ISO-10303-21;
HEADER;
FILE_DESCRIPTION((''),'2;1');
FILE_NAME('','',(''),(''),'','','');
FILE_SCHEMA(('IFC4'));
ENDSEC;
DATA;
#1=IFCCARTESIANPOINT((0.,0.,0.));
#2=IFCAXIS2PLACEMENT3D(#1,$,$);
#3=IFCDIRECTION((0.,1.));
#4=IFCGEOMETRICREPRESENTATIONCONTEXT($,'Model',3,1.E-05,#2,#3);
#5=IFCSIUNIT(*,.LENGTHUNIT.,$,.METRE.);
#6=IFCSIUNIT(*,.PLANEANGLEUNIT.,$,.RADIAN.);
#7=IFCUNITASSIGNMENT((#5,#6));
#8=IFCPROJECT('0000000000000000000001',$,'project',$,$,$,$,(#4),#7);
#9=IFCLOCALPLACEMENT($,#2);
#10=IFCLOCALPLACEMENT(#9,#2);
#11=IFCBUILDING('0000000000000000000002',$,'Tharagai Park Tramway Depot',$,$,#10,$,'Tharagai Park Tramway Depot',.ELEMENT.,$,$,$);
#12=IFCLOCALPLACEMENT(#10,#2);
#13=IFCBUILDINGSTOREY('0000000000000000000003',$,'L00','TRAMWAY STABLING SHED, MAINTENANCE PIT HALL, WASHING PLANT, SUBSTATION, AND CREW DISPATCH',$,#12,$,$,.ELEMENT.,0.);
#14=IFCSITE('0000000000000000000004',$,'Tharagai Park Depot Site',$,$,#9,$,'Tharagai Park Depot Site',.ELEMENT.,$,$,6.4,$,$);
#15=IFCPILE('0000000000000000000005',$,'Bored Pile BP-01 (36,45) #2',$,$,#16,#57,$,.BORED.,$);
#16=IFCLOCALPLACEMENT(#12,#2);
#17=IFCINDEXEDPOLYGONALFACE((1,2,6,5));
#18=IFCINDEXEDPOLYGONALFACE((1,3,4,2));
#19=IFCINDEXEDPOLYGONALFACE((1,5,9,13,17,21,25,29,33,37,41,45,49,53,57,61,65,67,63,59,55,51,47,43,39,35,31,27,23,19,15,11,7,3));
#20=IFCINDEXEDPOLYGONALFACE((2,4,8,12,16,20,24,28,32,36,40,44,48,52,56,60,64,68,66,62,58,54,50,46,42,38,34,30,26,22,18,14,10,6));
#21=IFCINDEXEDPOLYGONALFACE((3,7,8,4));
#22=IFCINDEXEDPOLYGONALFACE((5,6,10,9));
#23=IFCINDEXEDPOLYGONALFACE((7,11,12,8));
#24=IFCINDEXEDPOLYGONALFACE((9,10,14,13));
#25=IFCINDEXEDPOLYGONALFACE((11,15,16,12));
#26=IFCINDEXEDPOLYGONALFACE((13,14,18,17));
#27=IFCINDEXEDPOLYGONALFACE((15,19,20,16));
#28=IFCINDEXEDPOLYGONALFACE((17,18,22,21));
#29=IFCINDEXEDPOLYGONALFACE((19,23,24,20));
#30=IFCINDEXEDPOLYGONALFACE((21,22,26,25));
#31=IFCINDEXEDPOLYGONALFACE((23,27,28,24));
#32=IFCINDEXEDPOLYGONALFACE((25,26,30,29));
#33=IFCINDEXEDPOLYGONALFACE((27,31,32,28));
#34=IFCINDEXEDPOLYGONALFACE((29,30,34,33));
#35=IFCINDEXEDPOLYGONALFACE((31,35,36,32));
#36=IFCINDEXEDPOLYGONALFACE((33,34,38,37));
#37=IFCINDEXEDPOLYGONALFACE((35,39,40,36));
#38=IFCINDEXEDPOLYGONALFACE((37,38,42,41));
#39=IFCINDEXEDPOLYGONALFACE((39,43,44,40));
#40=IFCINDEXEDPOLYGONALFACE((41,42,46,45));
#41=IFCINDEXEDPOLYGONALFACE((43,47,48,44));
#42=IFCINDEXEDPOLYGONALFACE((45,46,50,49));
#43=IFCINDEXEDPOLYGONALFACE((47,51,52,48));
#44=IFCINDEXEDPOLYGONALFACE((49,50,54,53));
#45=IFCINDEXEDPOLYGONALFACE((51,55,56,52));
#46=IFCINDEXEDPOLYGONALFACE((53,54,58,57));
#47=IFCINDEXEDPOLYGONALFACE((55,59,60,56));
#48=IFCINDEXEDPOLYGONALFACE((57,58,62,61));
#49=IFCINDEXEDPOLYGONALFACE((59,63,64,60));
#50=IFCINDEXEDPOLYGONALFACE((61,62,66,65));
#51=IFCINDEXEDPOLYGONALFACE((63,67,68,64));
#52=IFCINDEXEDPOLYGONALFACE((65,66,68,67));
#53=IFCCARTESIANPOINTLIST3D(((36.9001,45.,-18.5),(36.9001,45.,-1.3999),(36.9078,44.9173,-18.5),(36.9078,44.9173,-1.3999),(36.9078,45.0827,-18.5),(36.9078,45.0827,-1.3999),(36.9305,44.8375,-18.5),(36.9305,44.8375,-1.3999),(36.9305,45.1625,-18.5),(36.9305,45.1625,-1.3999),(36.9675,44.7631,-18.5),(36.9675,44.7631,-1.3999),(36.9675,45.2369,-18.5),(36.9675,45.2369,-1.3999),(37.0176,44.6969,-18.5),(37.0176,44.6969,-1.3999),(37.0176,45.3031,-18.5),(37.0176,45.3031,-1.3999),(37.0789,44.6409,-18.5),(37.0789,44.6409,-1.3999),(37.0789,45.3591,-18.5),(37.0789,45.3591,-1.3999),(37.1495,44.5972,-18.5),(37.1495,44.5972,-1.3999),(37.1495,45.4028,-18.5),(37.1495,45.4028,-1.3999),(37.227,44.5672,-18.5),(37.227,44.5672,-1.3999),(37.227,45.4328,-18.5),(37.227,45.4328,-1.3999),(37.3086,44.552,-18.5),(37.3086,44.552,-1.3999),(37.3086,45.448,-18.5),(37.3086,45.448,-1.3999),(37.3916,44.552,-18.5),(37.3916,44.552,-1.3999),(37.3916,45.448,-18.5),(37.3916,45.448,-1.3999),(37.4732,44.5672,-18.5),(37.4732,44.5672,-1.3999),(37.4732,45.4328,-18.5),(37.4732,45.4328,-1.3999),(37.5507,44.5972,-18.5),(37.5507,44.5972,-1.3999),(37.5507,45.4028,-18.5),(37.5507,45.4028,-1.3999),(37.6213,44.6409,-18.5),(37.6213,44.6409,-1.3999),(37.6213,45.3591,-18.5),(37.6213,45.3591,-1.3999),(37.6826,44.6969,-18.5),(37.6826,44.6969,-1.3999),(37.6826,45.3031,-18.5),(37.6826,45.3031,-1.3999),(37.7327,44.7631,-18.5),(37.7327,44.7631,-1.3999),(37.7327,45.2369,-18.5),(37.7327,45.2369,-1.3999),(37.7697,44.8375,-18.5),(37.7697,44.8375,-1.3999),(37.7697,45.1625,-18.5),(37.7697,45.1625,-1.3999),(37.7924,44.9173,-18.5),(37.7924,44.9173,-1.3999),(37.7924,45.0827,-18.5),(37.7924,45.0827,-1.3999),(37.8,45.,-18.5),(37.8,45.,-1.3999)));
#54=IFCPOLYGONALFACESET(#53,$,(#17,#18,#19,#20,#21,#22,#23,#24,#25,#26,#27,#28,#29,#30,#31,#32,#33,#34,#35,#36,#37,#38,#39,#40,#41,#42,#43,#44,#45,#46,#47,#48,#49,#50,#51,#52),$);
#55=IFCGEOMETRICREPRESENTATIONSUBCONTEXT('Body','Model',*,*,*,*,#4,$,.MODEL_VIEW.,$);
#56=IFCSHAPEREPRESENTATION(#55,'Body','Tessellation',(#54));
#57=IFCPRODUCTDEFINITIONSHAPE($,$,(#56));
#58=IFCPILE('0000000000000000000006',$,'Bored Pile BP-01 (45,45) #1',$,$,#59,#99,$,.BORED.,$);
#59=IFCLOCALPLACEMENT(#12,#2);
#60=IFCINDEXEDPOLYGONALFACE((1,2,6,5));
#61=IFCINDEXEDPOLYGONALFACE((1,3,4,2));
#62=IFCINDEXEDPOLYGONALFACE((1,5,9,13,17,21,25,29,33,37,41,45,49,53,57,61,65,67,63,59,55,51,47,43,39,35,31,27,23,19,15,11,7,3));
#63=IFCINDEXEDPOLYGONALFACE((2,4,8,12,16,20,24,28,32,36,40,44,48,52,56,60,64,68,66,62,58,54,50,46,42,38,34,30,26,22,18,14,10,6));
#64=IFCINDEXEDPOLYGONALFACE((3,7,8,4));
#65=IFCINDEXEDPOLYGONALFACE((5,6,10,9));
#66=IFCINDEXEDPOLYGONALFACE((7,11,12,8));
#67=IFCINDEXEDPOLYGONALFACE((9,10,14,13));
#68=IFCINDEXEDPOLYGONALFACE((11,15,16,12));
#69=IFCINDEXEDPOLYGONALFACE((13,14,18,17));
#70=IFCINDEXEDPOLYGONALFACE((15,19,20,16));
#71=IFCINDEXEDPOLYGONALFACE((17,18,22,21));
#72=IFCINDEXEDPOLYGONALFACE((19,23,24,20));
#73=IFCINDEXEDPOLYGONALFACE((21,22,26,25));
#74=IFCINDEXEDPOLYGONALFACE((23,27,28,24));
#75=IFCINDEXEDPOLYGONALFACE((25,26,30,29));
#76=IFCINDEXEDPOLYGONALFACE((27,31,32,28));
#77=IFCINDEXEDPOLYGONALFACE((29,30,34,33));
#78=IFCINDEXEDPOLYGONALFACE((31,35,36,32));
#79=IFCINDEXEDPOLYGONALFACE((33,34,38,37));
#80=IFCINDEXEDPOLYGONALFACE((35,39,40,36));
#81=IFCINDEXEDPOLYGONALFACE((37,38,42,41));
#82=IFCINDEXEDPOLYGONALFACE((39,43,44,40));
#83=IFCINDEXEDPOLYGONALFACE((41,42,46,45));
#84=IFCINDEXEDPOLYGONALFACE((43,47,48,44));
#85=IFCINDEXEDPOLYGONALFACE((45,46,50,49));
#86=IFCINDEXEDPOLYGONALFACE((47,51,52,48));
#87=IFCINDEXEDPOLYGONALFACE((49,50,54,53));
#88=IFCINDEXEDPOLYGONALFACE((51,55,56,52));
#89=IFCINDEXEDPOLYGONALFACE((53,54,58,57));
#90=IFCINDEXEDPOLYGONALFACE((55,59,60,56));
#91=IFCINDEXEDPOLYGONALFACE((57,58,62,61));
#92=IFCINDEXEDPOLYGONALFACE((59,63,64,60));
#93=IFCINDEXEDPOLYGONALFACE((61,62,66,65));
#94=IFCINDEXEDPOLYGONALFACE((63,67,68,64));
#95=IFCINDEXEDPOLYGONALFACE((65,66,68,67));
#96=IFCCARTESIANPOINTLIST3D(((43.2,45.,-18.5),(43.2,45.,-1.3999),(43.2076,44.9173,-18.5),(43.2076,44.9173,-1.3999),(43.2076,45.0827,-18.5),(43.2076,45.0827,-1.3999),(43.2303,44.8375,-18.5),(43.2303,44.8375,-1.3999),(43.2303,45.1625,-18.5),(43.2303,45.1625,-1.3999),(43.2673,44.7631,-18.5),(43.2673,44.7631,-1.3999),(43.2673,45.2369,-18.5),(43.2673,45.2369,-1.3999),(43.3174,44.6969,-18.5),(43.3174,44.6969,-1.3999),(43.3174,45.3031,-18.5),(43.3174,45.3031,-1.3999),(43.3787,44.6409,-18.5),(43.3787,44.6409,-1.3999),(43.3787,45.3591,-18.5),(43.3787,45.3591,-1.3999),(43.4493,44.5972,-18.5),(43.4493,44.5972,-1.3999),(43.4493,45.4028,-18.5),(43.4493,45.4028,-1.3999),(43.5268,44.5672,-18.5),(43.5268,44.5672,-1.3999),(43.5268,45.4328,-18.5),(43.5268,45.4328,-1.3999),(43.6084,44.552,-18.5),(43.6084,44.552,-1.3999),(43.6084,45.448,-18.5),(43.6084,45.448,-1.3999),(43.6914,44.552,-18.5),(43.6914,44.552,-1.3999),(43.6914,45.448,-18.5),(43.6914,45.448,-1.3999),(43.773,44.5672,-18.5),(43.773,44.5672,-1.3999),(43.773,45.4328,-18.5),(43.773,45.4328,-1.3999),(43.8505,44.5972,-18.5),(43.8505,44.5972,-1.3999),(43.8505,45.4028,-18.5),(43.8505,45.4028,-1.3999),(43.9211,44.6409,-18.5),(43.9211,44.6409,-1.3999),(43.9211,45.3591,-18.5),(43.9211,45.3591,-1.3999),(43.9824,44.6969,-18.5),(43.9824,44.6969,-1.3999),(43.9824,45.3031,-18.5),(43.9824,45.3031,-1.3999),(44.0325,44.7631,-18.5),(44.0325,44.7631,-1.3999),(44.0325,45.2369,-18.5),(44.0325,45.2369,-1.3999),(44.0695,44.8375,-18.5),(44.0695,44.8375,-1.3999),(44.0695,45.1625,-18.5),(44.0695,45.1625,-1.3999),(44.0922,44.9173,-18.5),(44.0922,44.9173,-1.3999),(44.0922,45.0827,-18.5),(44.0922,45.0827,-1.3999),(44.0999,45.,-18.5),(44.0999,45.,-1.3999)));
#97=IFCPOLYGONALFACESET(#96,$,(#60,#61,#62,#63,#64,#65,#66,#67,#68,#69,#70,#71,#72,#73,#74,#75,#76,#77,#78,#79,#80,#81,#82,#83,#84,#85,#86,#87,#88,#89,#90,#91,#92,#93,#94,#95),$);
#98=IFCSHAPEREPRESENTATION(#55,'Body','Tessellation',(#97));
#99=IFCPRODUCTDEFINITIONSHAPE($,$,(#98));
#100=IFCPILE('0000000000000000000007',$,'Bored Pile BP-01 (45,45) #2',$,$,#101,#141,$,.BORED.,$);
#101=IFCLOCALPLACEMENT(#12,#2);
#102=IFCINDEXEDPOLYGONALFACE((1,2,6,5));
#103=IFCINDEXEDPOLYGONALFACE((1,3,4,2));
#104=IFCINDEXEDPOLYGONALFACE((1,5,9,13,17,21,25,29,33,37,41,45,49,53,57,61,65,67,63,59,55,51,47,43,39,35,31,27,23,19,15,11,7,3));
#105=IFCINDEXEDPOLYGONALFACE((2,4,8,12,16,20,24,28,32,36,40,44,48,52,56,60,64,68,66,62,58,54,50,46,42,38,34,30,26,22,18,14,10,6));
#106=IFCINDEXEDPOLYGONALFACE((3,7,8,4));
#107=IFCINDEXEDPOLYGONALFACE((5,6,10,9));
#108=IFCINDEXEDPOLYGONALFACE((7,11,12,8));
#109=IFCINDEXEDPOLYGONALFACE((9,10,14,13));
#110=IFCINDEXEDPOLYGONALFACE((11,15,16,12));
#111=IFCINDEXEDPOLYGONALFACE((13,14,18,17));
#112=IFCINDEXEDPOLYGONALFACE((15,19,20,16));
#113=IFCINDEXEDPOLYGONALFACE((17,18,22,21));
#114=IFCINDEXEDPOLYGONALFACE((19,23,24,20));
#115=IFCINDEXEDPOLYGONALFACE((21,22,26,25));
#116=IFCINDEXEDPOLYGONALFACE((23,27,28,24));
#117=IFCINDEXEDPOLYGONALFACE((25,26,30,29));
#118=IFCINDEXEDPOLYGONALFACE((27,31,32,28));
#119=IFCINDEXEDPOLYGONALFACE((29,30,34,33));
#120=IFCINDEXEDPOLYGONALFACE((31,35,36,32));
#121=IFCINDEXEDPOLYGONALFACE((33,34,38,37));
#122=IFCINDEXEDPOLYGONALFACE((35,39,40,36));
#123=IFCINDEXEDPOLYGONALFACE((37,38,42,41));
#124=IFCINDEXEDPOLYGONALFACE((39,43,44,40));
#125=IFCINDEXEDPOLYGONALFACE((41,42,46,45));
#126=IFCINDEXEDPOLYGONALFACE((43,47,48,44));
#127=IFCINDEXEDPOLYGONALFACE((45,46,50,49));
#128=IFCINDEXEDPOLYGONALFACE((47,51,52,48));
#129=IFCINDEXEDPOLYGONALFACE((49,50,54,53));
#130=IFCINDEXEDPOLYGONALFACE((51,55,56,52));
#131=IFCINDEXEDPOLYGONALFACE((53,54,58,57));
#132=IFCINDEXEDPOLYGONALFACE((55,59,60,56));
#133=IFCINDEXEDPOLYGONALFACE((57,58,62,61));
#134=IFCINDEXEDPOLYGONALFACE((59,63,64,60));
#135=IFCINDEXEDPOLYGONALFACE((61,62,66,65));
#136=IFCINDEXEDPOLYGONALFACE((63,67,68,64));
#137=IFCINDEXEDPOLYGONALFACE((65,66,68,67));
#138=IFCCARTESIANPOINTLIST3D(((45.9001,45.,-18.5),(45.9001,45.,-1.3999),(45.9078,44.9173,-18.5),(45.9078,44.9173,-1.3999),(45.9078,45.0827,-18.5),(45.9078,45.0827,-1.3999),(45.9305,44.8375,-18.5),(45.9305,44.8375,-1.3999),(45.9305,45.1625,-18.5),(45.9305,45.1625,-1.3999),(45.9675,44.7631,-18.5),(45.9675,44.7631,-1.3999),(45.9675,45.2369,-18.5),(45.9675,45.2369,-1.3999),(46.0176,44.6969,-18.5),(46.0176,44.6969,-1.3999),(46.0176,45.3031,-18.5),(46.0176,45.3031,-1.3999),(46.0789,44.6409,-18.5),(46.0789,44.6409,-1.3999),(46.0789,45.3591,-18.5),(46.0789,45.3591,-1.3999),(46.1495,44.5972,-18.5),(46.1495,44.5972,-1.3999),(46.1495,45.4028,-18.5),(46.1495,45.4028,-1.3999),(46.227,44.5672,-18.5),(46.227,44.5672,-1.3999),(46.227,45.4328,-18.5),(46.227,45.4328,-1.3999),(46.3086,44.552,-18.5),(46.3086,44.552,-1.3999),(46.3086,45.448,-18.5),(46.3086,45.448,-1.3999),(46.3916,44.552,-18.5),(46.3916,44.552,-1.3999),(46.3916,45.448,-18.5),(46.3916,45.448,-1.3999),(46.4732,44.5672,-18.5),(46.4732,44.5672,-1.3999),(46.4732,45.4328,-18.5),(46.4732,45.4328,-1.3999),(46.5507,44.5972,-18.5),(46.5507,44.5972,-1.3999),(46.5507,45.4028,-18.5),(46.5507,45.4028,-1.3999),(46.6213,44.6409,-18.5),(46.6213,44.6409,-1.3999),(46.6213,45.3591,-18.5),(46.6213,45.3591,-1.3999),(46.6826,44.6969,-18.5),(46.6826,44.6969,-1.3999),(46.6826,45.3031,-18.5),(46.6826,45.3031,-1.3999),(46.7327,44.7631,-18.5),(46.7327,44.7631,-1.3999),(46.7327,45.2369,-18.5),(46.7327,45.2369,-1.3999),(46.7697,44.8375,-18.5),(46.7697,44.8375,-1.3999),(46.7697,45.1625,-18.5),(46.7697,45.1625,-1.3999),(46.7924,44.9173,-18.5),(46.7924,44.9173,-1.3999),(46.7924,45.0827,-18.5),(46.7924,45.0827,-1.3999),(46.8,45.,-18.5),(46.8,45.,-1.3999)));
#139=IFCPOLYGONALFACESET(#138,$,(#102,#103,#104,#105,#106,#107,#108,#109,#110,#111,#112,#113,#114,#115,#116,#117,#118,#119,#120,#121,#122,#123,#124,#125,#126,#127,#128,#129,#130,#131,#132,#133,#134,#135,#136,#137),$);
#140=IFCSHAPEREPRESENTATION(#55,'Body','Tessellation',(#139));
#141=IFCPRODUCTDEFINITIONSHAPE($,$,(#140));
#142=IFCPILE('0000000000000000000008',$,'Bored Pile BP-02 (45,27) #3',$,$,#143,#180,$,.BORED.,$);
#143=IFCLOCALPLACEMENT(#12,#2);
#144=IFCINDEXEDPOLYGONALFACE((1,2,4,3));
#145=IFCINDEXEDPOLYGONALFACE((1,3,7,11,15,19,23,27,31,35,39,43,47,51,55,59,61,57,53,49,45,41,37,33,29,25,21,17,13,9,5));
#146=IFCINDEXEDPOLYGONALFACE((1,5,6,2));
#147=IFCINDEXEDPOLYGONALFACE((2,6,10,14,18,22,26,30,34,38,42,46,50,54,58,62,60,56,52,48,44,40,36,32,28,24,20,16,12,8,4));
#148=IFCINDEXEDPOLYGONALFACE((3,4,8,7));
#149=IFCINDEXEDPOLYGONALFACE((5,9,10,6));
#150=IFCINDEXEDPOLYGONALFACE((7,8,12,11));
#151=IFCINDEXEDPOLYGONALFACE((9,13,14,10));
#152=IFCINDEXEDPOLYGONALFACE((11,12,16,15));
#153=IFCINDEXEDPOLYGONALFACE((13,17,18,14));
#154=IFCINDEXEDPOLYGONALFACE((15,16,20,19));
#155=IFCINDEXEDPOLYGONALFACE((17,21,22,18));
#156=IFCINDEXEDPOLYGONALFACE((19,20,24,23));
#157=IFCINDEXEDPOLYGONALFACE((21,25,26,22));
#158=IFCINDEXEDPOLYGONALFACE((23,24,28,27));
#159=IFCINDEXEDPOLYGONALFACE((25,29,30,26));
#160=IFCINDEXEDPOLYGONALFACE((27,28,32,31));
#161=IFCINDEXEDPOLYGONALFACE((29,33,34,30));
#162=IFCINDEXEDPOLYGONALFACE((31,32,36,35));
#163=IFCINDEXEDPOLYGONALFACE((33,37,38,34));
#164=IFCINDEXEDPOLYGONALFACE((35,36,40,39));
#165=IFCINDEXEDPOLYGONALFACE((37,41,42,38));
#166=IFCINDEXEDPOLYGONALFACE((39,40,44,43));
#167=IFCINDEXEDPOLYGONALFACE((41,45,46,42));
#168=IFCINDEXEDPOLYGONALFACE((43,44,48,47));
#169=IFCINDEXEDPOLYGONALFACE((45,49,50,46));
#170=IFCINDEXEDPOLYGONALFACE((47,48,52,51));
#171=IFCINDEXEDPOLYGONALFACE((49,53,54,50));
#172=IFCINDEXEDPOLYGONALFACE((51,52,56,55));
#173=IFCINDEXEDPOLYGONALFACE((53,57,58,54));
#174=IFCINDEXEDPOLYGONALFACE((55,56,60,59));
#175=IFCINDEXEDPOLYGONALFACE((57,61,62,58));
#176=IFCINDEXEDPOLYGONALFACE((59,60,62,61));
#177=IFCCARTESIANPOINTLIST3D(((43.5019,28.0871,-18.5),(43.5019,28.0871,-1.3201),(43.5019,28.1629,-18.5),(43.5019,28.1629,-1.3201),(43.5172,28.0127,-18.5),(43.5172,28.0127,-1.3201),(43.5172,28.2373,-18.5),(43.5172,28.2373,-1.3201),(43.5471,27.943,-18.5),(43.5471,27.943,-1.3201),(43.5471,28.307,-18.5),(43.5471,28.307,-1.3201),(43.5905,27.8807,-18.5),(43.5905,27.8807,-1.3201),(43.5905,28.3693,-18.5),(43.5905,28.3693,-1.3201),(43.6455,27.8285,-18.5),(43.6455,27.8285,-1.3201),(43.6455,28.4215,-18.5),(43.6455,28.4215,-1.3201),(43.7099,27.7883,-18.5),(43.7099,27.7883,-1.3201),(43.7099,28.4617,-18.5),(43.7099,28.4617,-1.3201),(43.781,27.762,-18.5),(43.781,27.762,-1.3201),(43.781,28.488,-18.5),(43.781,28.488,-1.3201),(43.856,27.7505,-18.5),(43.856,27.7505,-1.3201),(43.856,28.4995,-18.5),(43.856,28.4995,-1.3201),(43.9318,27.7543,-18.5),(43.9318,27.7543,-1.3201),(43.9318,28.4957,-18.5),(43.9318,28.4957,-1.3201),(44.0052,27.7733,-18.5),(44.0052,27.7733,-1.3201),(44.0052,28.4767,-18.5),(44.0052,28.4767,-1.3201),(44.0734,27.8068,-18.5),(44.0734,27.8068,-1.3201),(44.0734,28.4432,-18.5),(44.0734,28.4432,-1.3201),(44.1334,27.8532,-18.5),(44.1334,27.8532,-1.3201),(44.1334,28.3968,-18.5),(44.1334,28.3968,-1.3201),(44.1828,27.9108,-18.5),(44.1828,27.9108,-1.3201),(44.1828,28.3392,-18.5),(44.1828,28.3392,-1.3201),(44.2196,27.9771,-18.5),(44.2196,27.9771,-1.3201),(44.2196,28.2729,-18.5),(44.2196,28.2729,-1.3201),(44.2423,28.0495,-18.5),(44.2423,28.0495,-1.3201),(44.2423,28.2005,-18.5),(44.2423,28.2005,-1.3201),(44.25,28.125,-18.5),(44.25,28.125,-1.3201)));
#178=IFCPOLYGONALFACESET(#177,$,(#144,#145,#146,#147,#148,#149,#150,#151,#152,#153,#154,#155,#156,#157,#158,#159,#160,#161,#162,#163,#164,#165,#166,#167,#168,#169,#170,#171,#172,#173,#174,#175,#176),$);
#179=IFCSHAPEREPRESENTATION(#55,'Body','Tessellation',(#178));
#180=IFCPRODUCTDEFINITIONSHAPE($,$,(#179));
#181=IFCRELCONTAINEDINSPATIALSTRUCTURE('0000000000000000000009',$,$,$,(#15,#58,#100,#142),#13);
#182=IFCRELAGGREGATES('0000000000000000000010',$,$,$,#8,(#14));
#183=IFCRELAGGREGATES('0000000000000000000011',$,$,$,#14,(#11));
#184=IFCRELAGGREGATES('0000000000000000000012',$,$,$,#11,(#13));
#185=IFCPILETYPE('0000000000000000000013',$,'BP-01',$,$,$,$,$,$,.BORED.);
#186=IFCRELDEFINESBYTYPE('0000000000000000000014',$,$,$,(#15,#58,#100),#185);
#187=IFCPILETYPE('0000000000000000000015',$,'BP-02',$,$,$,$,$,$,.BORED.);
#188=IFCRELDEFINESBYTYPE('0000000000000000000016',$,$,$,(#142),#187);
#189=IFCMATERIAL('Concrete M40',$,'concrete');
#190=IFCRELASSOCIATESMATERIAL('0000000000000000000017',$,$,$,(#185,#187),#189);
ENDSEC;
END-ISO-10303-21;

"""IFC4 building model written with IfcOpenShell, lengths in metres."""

from ifc_helpers import new_model, si_unit, direction, frame, origin, origin_2d, place, context, subcontext, project, spatial, circle, extrude, material, material_profile, profile_set, type_object, element, save


model = new_model("IFC4")

# Units and contexts
model_context = context("Model", 3, precision=1e-05, world=origin(), true_north=direction((0.0, 1.0)))
body_context = subcontext(model_context, "Body", "Model", "MODEL_VIEW")
ifc_project = project(units=[si_unit("LENGTHUNIT", "METRE"), si_unit("PLANEANGLEUNIT", "RADIAN")], contexts=[model_context])

# Site, building, storey
site_placement = place(None, origin())
site = spatial("IfcSite", under=ifc_project, at=site_placement, Name="Tharagai Park Depot Site", LongName="Tharagai Park Depot Site", CompositionType="ELEMENT", RefElevation=6.4)
building_placement = place(site_placement, origin())
building = spatial("IfcBuilding", under=site, at=building_placement, Name="Tharagai Park Tramway Depot", LongName="Tharagai Park Tramway Depot", CompositionType="ELEMENT")
storey_placement = place(building_placement, origin())
storey = spatial("IfcBuildingStorey", under=building, at=storey_placement, Name="L00", Description="TRAMWAY STABLING SHED, MAINTENANCE PIT HALL, WASHING PLANT, SUBSTATION, AND CREW DISPATCH", CompositionType="ELEMENT", Elevation=0.0)

# Piles
ifc_material = material(Name="Concrete M40", Category="concrete")
ifc_material_profile_1 = material_profile(ifc_material, circle(Radius=0.45, at=origin_2d()), Name="PILE D900")
ifc_profile_set_1 = profile_set([ifc_material_profile_1], Name="Concrete M40")
pile_type_1 = type_object("IfcPileType", Name="BP-01", PredefinedType="BORED", material=ifc_profile_set_1)
for number, where, z_axis, x_axis, name in (
    (1, (37.3501, 45.0, -1.3999), (0.0, 0.0, -1.0), (1.0, 0.0, 0.0), "Bored Pile BP-01 (36,45) #2"),
    (2, (43.6499, 45.0, -1.3999), (0.0, 0.0, -1.0), (1.0, 0.0, 0.0), "Bored Pile BP-01 (45,45) #1"),
    (3, (46.3501, 45.0, -1.3999), (0.0, 0.0, -1.0), (1.0, 0.0, 0.0), "Bored Pile BP-01 (45,45) #2"),
):
    element("IfcPile", number, at=place(storey_placement, frame(where, z_axis=z_axis, x_axis=x_axis)), inside=storey, type_object=pile_type_1, Name=name, PredefinedType="BORED", context=body_context, shape_type="SweptSolid", body=[
        extrude(circle(Radius=0.45, at=origin_2d()), origin(), (0.0, 0.0, 1.0), 17.1001),
    ])
ifc_material_profile_2 = material_profile(ifc_material, circle(Radius=0.375, at=origin_2d()), Name="PILE D750")
ifc_profile_set_2 = profile_set([ifc_material_profile_2], Name="Concrete M40")
pile_type_2 = type_object("IfcPileType", Name="BP-02", PredefinedType="BORED", material=ifc_profile_set_2)
for number, where, z_axis, x_axis, name in (
    (4, (43.875, 28.125, -1.3201), (0.0, 0.0, -1.0), (1.0, 0.0, 0.0), "Bored Pile BP-02 (45,27) #3"),
):
    element("IfcPile", number, at=place(storey_placement, frame(where, z_axis=z_axis, x_axis=x_axis)), inside=storey, type_object=pile_type_2, Name=name, PredefinedType="BORED", context=body_context, shape_type="SweptSolid", body=[
        extrude(circle(Radius=0.375, at=origin_2d()), origin(), (0.0, 0.0, 1.0), 17.1799),
    ])

save(model, "model.ifc")
